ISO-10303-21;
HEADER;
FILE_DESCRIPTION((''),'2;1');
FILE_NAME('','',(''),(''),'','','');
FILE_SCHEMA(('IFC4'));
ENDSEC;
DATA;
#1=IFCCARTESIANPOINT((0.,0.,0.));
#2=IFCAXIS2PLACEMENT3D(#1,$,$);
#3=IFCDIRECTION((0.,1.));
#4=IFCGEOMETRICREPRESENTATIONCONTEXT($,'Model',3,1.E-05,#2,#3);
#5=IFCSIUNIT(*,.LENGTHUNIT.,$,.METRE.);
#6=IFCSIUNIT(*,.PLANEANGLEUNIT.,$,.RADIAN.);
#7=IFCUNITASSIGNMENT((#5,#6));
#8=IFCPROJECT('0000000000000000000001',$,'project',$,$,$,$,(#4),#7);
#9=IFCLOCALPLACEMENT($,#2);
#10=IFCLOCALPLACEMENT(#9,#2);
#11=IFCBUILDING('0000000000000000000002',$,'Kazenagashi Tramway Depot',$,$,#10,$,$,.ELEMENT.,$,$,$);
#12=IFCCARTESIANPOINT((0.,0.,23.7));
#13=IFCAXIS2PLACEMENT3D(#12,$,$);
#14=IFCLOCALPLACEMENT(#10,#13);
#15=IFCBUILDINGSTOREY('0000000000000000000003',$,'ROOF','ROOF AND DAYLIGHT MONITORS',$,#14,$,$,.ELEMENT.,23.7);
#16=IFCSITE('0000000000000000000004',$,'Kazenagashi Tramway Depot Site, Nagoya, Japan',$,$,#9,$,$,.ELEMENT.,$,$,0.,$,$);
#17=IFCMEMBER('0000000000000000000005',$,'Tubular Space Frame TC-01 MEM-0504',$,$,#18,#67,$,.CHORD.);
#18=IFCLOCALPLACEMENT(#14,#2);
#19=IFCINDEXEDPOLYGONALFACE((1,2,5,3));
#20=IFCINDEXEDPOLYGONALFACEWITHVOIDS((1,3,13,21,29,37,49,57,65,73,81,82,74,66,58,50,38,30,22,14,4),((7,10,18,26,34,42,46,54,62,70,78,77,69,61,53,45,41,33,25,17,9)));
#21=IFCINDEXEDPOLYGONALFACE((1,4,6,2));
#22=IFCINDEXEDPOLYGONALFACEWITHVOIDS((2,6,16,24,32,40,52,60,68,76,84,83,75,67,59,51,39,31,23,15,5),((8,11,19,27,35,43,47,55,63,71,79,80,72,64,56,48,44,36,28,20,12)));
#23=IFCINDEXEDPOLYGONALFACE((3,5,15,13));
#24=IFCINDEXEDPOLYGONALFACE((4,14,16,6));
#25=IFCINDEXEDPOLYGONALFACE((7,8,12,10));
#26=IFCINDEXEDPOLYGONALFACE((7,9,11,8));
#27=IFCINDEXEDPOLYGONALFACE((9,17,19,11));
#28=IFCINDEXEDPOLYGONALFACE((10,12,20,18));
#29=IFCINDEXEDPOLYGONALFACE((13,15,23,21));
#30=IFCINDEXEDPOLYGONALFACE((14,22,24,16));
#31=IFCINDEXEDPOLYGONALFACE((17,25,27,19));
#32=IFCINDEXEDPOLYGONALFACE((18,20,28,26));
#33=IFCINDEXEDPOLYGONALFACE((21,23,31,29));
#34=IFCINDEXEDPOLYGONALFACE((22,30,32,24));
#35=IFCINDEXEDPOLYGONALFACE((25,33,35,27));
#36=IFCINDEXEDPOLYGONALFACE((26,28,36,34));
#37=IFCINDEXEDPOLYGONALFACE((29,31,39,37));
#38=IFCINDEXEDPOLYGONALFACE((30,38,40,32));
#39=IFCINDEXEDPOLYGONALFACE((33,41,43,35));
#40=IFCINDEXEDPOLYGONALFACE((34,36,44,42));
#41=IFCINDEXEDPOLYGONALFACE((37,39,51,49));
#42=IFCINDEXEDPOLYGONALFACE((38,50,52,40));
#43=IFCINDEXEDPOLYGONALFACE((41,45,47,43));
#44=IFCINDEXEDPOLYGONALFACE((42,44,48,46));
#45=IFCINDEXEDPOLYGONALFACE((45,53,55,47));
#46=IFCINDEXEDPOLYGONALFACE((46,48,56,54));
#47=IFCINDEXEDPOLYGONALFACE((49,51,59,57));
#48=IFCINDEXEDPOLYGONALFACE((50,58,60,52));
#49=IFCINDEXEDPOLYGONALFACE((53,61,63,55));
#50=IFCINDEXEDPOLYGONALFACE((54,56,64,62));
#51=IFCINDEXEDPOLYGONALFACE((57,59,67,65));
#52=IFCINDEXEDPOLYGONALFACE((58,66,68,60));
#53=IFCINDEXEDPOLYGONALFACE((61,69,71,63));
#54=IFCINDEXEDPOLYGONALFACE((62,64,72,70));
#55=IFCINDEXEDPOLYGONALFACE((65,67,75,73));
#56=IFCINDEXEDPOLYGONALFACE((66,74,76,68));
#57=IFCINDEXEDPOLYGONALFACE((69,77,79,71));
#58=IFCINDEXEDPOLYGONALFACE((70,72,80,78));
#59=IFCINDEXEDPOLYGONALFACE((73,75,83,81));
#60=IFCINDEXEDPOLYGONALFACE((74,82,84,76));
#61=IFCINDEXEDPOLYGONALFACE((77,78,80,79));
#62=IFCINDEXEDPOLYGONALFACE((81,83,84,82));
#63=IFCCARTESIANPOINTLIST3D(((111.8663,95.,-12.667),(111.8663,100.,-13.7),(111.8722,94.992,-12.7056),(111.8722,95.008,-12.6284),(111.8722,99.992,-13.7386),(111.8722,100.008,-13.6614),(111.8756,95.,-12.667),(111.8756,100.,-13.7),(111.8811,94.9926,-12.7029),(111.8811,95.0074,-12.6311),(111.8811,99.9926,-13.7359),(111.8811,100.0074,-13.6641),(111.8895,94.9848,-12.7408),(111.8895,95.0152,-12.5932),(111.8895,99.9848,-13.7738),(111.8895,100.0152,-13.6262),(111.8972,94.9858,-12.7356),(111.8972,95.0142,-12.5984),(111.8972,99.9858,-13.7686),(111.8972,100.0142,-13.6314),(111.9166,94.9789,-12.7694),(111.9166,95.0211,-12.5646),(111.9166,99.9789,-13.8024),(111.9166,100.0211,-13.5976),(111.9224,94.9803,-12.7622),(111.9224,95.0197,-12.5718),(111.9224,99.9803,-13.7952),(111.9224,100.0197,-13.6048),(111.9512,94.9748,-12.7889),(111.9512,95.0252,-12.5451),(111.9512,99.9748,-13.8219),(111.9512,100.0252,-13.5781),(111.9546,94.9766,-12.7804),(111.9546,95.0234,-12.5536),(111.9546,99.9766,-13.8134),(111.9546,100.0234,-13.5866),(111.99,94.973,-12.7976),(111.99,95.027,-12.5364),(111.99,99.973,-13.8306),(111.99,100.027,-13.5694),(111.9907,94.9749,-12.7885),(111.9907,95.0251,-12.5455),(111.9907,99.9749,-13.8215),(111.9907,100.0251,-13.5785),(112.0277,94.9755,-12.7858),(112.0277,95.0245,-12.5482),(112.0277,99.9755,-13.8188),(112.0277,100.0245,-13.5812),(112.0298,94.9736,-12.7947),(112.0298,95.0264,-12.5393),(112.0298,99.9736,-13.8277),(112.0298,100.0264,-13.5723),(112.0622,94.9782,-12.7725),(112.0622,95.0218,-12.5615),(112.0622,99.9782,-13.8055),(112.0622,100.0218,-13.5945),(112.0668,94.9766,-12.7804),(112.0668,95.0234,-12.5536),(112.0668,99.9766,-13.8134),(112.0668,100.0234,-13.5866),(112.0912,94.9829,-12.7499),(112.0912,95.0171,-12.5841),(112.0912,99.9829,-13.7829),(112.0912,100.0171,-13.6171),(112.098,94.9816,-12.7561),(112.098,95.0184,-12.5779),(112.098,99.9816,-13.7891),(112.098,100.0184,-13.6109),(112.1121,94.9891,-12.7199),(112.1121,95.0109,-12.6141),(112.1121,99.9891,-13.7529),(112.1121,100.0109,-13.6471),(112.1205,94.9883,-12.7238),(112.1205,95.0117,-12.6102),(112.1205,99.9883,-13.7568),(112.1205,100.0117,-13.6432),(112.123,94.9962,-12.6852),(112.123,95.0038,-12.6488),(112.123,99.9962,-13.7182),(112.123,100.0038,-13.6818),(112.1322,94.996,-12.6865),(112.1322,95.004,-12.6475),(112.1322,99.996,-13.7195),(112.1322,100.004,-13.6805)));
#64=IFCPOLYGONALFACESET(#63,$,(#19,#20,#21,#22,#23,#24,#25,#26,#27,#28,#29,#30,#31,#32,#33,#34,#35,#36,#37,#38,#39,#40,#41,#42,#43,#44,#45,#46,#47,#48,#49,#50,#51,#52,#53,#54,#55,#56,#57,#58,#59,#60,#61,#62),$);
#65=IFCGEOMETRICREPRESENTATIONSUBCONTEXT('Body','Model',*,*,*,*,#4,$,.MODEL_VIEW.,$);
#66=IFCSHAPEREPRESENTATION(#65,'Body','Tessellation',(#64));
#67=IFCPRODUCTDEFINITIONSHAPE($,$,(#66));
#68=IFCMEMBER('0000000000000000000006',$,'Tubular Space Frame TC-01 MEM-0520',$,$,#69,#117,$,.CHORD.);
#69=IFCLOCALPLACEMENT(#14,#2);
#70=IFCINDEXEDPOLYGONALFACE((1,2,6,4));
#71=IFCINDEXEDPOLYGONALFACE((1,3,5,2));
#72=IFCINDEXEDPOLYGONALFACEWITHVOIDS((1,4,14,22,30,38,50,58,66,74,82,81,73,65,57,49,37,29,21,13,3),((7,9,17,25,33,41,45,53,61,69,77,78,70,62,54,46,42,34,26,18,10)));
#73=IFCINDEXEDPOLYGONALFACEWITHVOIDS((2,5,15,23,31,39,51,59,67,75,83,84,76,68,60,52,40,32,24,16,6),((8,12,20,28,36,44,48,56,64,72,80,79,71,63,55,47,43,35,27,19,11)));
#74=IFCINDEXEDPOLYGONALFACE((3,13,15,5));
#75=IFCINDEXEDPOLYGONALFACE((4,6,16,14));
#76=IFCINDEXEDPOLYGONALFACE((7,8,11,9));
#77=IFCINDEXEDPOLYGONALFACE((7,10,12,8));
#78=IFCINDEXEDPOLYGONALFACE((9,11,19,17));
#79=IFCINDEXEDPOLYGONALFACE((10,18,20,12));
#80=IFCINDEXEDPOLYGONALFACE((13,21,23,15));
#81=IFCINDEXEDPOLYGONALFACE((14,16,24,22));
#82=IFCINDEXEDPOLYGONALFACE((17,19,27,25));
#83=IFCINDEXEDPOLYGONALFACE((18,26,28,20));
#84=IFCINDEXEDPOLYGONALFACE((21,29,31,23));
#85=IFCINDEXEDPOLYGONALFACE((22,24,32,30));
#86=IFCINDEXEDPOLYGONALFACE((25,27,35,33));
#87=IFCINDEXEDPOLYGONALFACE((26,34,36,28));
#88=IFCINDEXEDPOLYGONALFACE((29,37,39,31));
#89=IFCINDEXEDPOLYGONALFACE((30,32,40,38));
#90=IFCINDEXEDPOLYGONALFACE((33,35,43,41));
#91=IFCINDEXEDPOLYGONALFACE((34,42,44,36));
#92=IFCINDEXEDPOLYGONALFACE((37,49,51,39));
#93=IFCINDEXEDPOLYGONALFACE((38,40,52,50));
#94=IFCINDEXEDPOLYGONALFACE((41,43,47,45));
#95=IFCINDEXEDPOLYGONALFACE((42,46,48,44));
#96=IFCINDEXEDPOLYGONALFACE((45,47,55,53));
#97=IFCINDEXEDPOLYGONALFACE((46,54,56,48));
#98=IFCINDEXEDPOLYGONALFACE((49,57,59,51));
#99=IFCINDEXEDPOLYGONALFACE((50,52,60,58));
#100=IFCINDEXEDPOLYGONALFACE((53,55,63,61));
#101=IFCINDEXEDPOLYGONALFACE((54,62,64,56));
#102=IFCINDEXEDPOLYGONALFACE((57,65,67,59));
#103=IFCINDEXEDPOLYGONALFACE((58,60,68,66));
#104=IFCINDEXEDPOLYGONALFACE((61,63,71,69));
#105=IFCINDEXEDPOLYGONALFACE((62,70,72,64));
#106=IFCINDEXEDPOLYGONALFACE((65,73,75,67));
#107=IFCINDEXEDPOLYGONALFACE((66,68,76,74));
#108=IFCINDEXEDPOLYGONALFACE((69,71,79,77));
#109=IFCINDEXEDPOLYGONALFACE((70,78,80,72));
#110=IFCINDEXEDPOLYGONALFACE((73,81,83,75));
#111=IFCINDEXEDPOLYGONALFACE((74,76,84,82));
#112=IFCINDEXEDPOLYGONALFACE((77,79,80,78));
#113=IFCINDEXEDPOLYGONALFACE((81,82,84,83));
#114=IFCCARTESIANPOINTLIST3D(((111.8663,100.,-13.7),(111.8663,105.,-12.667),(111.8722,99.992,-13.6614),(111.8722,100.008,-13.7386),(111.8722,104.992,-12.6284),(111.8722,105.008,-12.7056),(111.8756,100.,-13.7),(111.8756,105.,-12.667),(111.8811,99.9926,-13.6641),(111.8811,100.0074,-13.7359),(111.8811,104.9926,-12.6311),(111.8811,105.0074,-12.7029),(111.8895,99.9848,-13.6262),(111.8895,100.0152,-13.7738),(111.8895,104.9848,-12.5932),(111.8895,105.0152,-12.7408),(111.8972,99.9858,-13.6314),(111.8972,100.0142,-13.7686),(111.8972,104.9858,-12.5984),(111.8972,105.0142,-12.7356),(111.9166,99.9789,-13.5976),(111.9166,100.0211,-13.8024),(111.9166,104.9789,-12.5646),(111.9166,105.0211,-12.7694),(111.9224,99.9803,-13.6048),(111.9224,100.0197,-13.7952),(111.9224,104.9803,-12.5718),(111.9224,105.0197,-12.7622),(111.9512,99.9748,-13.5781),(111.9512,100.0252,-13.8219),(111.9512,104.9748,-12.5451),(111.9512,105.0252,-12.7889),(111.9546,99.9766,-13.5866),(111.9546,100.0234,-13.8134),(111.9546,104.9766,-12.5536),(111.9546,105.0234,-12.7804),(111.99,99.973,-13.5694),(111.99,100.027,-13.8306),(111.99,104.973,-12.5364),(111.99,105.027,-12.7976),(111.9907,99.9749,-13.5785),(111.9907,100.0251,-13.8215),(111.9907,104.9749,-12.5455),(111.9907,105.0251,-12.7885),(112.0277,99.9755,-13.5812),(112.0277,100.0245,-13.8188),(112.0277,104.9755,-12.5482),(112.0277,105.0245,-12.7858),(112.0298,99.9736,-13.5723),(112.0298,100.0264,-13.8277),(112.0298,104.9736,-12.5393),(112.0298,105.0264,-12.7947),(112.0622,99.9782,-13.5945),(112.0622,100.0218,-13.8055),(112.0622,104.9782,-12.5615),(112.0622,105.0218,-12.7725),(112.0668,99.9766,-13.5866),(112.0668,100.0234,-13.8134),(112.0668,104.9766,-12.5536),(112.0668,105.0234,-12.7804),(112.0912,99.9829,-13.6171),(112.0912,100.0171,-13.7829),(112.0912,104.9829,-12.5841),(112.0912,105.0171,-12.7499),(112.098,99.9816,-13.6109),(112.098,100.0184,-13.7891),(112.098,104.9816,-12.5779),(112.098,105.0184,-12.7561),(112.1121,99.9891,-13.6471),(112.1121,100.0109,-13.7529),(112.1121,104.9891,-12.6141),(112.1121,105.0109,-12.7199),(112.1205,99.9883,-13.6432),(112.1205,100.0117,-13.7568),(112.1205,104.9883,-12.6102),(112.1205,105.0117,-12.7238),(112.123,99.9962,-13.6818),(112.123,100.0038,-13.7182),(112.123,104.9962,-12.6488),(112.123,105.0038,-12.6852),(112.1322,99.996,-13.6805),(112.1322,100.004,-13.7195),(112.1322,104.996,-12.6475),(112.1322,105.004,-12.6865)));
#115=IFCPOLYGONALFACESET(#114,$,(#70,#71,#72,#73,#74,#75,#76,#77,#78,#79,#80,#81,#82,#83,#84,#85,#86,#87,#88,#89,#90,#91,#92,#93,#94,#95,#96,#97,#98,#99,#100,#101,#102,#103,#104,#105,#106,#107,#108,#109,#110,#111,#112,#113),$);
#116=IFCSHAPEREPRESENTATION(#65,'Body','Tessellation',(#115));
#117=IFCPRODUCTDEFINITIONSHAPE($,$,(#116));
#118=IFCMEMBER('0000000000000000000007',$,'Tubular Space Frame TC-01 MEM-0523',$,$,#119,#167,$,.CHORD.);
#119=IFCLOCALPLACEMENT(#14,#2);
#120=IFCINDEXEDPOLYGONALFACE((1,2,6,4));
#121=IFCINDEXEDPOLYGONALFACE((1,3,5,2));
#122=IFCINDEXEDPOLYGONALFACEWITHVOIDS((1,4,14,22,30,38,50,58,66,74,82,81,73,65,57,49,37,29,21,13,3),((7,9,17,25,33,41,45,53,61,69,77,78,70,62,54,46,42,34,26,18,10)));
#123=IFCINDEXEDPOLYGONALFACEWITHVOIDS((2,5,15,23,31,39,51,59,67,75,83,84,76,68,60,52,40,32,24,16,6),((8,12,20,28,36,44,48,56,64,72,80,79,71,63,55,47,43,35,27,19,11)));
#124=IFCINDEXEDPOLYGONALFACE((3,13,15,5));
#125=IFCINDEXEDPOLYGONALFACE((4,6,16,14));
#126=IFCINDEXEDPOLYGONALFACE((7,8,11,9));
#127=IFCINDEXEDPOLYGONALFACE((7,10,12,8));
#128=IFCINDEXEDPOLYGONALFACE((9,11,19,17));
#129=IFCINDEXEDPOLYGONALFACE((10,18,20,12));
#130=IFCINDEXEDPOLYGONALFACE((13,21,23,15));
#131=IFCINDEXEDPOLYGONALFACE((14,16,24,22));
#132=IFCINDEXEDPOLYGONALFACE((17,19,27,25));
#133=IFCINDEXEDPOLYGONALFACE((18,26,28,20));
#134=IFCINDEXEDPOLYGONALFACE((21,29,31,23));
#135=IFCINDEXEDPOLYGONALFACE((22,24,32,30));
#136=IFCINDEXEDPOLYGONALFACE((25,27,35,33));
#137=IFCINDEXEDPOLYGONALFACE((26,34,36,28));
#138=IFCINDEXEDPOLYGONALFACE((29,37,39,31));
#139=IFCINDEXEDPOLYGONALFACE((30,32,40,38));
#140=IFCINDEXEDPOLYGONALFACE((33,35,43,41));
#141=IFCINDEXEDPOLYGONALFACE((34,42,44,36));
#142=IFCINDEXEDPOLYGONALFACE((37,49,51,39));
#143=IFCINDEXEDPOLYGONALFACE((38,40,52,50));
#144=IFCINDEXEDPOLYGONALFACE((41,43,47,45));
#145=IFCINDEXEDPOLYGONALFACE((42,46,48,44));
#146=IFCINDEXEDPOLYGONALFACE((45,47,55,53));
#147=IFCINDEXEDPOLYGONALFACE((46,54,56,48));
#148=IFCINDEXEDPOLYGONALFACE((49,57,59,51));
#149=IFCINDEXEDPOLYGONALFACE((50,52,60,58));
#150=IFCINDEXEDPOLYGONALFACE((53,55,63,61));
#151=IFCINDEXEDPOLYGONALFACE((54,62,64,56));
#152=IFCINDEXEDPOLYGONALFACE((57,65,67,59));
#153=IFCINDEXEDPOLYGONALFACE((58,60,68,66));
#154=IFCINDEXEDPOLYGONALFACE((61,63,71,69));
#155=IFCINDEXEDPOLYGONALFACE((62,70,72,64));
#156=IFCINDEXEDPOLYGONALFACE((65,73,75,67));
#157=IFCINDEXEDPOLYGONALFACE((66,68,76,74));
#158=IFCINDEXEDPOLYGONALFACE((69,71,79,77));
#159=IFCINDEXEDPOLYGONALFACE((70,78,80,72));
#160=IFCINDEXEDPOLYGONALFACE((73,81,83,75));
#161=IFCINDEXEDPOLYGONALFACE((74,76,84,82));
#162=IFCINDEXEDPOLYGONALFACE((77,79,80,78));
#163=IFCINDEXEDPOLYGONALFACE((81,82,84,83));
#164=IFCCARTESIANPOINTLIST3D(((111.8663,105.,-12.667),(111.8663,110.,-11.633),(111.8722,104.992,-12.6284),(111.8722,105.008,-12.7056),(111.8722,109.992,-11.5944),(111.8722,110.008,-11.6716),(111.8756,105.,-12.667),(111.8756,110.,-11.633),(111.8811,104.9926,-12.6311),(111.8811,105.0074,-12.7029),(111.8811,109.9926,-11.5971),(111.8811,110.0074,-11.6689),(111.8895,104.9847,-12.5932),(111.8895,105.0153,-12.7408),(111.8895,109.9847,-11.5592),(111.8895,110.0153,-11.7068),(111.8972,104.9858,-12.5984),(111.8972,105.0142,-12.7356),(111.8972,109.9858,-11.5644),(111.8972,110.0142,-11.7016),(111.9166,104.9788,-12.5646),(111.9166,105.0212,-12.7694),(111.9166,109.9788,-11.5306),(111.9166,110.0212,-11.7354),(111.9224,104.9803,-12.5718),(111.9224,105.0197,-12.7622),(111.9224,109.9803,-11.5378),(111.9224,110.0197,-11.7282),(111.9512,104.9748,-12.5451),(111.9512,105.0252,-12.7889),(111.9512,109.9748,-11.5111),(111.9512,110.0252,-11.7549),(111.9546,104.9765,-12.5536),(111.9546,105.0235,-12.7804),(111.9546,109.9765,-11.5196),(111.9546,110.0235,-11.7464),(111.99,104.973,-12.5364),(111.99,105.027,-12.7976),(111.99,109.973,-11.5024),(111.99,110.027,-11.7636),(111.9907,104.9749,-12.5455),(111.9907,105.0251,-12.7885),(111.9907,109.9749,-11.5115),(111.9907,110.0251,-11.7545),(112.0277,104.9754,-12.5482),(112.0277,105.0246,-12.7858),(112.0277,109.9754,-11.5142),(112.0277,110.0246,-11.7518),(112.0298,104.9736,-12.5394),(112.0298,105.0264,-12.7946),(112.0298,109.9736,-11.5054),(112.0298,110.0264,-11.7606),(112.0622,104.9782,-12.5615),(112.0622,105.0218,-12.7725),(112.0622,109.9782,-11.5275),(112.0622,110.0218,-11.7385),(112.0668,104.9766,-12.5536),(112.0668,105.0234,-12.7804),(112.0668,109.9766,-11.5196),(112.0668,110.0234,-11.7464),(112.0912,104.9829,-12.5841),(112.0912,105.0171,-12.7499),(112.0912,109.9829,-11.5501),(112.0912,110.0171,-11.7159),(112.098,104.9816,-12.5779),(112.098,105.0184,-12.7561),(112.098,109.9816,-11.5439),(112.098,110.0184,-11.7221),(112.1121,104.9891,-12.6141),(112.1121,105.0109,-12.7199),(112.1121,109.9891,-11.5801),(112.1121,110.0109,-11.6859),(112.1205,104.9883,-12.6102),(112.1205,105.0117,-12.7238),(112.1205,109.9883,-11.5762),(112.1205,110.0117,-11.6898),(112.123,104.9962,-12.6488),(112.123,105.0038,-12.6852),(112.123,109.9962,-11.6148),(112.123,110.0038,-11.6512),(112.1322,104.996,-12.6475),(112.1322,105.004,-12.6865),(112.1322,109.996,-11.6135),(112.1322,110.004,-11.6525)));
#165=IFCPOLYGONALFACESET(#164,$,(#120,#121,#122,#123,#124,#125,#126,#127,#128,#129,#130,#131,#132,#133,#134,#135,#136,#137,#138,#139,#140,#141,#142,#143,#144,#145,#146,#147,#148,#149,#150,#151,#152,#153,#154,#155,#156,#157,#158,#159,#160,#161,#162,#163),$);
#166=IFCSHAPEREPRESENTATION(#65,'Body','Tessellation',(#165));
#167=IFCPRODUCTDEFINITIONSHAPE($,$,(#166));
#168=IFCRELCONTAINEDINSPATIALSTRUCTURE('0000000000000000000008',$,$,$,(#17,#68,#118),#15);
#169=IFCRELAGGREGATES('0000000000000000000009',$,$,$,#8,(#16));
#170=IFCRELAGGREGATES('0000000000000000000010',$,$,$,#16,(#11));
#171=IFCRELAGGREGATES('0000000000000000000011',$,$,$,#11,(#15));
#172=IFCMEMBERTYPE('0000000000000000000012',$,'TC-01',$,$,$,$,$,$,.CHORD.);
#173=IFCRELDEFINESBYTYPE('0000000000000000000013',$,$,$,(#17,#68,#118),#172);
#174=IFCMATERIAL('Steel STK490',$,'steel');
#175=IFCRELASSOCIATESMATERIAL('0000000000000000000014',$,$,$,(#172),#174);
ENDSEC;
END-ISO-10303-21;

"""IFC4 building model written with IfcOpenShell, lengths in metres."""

from ifc_helpers import new_model, si_unit, direction, frame, origin, origin_2d, place, context, subcontext, project, spatial, hollow_circle, extrude, material, material_profile, profile_set, type_object, element, save


model = new_model("IFC4")

# Units and contexts
model_context = context("Model", 3, precision=1e-05, world=origin(), true_north=direction((0.0, 1.0)))
body_context = subcontext(model_context, "Body", "Model", "MODEL_VIEW")
ifc_project = project(units=[si_unit("LENGTHUNIT", "METRE"), si_unit("PLANEANGLEUNIT", "RADIAN")], contexts=[model_context])

# Site, building, storey
site_placement = place(None, origin())
site = spatial("IfcSite", under=ifc_project, at=site_placement, Name="Kazenagashi Tramway Depot Site, Nagoya, Japan", CompositionType="ELEMENT", RefElevation=0.0)
building_placement = place(site_placement, origin())
building = spatial("IfcBuilding", under=site, at=building_placement, Name="Kazenagashi Tramway Depot", CompositionType="ELEMENT")
storey_placement = place(building_placement, frame((0.0, 0.0, 23.7)))
storey = spatial("IfcBuildingStorey", under=building, at=storey_placement, Name="ROOF", Description="ROOF AND DAYLIGHT MONITORS", CompositionType="ELEMENT", Elevation=23.7)

# Members
ifc_material_1 = material(Name="Steel STK490", Category="steel")
ifc_material_profile_1 = material_profile(ifc_material_1, hollow_circle(Radius=0.1337, WallThickness=0.0093, at=origin_2d()), Name="CHS-267.4x9.3")
ifc_profile_set_1 = profile_set([ifc_material_profile_1], Name="Steel STK490")
member_type_1 = type_object("IfcMemberType", Name="TC-01", PredefinedType="CHORD", material=ifc_profile_set_1)
for number, where, z_axis, x_axis, name in (
    (1, (112.0, 95.0, -12.667), (0.0, 0.979318, -0.202327), (-1.0, 0.0, 0.0), "Tubular Space Frame TC-01 MEM-0504"),
    (2, (112.0, 100.0, -13.7), (0.0, 0.979318, 0.202327), (-1.0, 0.0, 0.0), "Tubular Space Frame TC-01 MEM-0520"),
):
    element("IfcMember", number, at=place(storey_placement, frame(where, z_axis=z_axis, x_axis=x_axis)), inside=storey, type_object=member_type_1, Name=name, PredefinedType="CHORD", context=body_context, shape_type="SweptSolid", body=[
        extrude(hollow_circle(Radius=0.1337, WallThickness=0.0093, at=origin_2d()), origin(), (0.0, 0.0, 1.0), 5.1056),
    ])
for number, where, z_axis, x_axis, name in (
    (3, (112.0, 105.0, -12.667), (0.0, 0.979279, 0.202515), (-1.0, 0.0, 0.0), "Tubular Space Frame TC-01 MEM-0523"),
):
    element("IfcMember", number, at=place(storey_placement, frame(where, z_axis=z_axis, x_axis=x_axis)), inside=storey, type_object=member_type_1, Name=name, PredefinedType="CHORD", context=body_context, shape_type="SweptSolid", body=[
        extrude(hollow_circle(Radius=0.1337, WallThickness=0.0093, at=origin_2d()), origin(), (0.0, 0.0, 1.0), 5.1058),
    ])

save(model, "model.ifc")
